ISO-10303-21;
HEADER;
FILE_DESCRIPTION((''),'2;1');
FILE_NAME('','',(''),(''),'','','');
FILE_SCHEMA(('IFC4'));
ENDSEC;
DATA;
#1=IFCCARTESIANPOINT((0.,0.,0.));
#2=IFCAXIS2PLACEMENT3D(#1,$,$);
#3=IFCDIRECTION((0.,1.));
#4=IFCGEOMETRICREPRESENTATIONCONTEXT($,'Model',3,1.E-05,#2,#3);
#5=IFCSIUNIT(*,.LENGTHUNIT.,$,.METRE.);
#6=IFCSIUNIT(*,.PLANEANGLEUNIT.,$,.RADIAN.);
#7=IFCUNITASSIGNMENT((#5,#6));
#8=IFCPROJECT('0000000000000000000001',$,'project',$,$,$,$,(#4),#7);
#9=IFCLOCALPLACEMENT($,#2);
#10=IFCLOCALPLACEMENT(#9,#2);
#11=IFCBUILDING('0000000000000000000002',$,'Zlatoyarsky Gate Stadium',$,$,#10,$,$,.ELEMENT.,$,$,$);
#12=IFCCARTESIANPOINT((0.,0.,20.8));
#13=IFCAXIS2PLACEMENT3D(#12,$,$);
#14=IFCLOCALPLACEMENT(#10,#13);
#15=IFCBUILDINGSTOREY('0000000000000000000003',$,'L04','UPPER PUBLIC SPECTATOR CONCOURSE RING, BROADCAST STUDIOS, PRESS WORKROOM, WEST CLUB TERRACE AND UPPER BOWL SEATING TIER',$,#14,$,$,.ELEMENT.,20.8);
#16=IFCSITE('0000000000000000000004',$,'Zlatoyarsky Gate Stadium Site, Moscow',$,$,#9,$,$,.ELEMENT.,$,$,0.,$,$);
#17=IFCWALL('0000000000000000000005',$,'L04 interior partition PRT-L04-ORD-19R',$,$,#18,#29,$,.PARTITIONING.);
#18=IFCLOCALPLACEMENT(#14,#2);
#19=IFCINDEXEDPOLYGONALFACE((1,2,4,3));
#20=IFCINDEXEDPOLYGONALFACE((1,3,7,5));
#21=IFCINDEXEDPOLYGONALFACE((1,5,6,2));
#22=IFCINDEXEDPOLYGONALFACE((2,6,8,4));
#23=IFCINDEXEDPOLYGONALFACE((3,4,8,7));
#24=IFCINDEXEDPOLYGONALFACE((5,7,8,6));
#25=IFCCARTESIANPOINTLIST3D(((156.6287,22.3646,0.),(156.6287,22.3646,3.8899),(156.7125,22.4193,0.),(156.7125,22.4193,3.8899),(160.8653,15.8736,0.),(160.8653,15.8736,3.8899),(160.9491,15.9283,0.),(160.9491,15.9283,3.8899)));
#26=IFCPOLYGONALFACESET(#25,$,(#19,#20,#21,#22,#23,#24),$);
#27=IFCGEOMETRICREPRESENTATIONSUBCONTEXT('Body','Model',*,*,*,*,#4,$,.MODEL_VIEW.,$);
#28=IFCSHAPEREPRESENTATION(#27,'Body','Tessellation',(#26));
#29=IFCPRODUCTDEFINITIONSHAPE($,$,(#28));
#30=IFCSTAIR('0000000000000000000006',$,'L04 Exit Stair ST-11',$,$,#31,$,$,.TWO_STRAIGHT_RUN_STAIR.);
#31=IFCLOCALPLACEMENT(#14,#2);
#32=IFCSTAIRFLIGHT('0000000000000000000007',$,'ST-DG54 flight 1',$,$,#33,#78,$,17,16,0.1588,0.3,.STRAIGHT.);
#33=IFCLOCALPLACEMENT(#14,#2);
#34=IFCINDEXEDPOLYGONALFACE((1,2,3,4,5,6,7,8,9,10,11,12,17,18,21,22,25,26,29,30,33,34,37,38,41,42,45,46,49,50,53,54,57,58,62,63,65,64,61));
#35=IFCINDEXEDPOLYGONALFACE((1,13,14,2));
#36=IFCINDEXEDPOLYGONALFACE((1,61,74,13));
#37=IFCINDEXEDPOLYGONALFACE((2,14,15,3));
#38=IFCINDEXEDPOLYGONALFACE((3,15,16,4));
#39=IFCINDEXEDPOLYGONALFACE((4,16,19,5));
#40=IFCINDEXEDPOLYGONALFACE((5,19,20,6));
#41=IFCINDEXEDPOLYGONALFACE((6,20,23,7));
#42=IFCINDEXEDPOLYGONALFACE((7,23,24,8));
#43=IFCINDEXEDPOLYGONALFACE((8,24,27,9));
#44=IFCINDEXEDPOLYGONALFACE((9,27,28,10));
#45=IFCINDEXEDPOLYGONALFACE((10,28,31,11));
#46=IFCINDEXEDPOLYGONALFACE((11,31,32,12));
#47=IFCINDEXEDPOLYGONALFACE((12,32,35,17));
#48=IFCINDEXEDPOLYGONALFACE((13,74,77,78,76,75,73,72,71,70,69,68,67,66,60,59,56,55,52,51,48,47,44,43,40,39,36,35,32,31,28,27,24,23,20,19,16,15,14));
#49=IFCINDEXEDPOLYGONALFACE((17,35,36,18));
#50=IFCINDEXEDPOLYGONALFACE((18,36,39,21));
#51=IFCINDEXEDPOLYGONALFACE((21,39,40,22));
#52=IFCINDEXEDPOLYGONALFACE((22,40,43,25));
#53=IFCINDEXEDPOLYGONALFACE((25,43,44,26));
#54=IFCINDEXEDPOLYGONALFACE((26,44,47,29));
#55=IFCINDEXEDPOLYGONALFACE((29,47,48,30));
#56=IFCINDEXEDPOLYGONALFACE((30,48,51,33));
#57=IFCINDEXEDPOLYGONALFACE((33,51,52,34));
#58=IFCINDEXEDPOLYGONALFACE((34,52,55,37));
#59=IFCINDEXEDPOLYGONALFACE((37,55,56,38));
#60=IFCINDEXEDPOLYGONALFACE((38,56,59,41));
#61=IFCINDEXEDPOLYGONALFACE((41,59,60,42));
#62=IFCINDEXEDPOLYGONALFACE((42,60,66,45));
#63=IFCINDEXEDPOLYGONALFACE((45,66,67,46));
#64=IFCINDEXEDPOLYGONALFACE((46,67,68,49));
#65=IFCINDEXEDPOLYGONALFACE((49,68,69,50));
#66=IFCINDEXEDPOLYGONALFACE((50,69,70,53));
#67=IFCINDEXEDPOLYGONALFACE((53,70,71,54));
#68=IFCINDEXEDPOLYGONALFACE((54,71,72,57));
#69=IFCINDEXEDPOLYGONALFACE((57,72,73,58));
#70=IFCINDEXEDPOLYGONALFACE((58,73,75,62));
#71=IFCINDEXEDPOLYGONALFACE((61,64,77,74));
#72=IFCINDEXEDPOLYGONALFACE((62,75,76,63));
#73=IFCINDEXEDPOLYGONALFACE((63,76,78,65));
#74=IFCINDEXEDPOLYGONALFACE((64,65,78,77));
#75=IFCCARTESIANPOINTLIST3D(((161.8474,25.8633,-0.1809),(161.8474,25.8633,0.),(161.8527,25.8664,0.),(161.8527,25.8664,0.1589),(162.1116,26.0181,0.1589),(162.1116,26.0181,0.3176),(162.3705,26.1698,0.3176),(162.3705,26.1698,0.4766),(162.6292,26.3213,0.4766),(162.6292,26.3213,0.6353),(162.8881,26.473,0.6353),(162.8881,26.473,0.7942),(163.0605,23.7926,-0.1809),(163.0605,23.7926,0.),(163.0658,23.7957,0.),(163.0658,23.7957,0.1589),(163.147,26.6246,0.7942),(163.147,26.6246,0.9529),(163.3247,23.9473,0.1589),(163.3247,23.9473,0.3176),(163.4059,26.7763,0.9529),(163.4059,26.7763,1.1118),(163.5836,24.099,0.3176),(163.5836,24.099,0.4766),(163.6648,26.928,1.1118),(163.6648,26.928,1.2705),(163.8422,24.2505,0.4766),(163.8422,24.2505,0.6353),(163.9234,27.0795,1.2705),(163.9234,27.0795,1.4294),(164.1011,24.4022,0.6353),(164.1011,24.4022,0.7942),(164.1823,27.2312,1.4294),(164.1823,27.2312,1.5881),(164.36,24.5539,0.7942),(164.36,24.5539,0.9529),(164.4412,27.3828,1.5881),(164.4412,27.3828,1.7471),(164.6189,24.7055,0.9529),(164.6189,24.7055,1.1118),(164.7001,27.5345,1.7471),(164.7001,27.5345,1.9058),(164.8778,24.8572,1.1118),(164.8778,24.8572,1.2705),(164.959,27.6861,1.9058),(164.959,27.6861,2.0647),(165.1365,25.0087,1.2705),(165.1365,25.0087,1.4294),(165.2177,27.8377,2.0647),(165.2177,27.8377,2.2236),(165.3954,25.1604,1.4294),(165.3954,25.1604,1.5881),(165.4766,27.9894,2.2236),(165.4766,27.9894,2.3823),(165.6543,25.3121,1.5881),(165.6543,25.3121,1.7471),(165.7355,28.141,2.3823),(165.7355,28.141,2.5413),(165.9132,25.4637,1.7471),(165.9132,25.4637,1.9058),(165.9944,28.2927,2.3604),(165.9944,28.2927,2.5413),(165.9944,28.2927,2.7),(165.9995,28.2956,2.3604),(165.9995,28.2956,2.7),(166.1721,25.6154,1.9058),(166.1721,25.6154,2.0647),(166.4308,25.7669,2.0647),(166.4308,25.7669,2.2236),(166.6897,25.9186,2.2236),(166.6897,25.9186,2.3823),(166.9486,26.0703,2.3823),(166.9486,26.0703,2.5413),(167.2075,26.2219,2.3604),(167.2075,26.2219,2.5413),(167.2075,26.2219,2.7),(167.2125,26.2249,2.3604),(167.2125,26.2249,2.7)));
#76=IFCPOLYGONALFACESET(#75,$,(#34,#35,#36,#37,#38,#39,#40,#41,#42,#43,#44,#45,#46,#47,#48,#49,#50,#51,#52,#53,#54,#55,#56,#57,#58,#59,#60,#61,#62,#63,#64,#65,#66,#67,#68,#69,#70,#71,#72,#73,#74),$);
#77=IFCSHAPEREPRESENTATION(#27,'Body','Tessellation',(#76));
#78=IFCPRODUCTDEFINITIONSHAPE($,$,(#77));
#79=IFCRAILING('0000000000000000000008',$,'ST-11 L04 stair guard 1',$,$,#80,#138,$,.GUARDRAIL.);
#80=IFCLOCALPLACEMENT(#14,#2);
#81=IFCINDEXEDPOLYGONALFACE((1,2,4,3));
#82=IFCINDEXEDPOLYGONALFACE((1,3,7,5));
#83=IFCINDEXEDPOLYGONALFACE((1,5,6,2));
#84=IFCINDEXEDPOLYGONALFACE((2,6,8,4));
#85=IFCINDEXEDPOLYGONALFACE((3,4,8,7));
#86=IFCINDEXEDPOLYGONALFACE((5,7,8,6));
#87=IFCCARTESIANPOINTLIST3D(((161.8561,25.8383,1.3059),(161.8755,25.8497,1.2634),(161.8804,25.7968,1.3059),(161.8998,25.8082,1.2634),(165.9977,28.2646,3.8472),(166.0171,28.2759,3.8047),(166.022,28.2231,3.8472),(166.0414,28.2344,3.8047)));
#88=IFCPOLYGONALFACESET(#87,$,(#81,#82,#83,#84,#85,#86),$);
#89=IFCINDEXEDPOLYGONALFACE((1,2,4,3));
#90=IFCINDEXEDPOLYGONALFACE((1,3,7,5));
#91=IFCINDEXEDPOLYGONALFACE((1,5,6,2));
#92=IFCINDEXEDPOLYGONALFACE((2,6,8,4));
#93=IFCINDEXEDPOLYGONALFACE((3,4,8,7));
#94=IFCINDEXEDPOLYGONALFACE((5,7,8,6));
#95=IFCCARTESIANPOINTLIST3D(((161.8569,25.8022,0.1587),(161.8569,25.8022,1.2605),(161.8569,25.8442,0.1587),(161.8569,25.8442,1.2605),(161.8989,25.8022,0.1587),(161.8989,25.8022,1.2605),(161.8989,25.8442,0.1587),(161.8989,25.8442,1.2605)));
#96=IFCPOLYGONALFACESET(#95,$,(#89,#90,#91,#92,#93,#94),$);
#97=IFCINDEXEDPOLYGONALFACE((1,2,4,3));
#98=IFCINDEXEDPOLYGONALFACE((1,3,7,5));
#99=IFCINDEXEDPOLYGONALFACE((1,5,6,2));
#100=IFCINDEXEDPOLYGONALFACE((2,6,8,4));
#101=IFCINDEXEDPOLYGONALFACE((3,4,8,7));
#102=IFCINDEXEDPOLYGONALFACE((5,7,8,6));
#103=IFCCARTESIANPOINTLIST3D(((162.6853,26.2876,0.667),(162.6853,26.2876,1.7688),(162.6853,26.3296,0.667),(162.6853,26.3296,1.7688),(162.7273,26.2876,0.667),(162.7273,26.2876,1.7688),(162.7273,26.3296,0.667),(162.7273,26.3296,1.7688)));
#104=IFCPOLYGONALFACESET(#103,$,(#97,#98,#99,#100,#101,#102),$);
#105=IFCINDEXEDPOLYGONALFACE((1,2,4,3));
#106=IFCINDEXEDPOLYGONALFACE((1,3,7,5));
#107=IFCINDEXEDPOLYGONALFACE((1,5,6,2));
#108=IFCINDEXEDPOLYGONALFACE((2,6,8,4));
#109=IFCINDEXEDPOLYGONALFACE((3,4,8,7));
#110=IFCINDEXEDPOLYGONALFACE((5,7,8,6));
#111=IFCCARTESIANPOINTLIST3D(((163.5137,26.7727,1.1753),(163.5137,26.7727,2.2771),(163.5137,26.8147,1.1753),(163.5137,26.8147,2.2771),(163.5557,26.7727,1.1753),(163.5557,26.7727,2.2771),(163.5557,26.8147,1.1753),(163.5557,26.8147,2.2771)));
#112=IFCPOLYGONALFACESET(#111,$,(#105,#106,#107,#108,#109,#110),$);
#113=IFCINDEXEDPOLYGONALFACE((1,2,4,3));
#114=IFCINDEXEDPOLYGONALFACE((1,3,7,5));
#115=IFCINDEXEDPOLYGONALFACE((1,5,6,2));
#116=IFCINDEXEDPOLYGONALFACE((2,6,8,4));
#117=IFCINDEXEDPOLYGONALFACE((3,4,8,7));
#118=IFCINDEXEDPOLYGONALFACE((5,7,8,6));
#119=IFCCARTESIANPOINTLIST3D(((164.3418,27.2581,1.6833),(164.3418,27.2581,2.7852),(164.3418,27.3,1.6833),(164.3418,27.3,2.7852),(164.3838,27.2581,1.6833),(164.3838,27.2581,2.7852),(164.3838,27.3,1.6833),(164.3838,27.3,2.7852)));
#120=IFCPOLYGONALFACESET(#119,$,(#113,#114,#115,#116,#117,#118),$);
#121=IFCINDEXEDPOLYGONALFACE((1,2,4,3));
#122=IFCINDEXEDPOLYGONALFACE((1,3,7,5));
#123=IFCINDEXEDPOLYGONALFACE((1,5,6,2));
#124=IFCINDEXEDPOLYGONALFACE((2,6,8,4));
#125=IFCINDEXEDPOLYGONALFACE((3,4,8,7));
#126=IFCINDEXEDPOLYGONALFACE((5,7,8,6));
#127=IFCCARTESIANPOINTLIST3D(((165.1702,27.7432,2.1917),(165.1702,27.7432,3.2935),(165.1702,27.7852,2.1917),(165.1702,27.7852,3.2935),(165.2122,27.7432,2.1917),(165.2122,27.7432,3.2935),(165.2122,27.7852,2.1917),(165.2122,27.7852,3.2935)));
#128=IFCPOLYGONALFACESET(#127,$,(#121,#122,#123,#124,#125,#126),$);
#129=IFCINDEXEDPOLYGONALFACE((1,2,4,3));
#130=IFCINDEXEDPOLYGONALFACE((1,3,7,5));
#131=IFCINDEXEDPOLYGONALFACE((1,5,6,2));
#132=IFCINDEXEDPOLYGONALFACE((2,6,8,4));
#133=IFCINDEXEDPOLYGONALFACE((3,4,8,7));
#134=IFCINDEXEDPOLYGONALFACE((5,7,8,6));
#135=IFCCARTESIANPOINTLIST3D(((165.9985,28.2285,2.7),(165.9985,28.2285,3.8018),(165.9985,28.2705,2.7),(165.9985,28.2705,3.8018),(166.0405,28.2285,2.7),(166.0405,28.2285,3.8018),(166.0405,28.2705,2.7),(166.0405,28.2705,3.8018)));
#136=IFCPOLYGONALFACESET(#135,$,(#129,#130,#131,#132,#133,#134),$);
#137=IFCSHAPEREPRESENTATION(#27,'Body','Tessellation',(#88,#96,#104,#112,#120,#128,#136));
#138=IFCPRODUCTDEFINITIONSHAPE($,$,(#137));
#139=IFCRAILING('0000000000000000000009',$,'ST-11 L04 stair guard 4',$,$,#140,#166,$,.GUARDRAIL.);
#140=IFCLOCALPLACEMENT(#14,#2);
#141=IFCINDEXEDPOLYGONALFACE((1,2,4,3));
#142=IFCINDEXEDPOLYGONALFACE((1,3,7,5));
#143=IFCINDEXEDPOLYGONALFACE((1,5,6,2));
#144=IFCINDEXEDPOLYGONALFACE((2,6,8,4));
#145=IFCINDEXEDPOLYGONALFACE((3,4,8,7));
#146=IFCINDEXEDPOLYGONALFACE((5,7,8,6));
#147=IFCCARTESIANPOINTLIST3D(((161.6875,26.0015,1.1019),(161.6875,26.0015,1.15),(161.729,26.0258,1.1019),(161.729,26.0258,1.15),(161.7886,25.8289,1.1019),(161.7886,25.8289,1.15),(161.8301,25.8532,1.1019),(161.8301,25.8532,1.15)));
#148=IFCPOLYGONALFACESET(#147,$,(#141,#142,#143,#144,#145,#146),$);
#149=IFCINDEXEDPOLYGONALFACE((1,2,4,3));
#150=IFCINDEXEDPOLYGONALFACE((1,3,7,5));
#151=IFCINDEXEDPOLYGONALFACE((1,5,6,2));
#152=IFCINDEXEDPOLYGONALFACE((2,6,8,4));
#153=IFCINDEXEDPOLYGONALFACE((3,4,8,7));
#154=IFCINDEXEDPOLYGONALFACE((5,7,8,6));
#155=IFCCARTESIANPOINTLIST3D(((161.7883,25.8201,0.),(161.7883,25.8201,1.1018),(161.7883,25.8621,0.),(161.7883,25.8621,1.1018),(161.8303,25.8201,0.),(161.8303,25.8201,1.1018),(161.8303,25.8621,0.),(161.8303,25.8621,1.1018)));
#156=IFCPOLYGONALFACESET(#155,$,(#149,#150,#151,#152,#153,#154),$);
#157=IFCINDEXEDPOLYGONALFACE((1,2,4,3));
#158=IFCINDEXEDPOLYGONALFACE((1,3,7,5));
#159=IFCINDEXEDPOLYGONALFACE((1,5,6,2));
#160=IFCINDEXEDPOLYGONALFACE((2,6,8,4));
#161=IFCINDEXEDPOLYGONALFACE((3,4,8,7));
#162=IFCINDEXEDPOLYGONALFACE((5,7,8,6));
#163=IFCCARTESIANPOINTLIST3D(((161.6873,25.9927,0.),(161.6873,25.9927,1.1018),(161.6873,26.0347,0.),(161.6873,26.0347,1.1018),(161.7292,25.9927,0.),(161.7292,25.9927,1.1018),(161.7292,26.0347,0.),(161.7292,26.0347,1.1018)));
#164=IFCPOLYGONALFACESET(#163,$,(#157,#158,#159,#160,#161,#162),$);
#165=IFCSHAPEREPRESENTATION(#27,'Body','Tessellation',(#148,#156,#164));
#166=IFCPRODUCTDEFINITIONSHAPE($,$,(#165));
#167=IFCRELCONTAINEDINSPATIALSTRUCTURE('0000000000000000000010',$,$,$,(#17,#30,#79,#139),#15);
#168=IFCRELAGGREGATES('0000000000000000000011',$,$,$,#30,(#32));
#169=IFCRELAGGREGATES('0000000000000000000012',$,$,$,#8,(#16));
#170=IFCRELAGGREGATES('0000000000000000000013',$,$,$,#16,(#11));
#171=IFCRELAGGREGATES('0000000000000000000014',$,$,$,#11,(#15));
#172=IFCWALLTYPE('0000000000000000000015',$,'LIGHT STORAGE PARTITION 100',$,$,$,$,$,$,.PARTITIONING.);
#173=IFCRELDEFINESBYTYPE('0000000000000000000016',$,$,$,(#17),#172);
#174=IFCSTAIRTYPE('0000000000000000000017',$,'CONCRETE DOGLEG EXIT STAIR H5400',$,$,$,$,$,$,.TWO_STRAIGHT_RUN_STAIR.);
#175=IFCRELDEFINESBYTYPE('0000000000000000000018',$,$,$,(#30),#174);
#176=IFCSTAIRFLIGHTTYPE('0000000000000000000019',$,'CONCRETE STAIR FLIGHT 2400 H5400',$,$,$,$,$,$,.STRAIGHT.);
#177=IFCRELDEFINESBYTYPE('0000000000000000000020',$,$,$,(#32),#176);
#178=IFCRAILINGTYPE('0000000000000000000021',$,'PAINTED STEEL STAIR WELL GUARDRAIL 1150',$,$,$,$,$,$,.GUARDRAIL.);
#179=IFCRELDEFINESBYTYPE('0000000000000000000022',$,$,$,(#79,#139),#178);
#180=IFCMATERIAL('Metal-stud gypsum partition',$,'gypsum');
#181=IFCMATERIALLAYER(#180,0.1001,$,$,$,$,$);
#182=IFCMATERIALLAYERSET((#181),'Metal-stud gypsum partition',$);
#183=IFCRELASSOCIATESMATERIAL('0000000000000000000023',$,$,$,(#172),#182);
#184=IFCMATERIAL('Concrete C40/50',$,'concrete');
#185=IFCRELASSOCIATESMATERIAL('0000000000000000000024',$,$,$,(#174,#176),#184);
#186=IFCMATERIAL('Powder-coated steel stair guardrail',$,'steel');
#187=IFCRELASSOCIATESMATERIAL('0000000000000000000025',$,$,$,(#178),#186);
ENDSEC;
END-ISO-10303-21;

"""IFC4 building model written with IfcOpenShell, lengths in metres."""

from ifc_helpers import new_model, si_unit, direction, frame, frame_2d, origin, origin_2d, place, context, subcontext, project, spatial, polyline, rectangle, outline, extrude, material, layer, layer_set, type_object, element, aggregate, save


model = new_model("IFC4")

# Units and contexts
model_context = context("Model", 3, precision=1e-05, world=origin(), true_north=direction((0.0, 1.0)))
body_context = subcontext(model_context, "Body", "Model", "MODEL_VIEW")
ifc_project = project(units=[si_unit("LENGTHUNIT", "METRE"), si_unit("PLANEANGLEUNIT", "RADIAN")], contexts=[model_context])

# Site, building, storey
site_placement = place(None, origin())
site = spatial("IfcSite", under=ifc_project, at=site_placement, Name="Zlatoyarsky Gate Stadium Site, Moscow", CompositionType="ELEMENT", RefElevation=0.0)
building_placement = place(site_placement, origin())
building = spatial("IfcBuilding", under=site, at=building_placement, Name="Zlatoyarsky Gate Stadium", CompositionType="ELEMENT")
storey_placement = place(building_placement, frame((0.0, 0.0, 20.8)))
storey = spatial("IfcBuildingStorey", under=building, at=storey_placement, Name="L04", Description="UPPER PUBLIC SPECTATOR CONCOURSE RING, BROADCAST STUDIOS, PRESS WORKROOM, WEST CLUB TERRACE AND UPPER BOWL SEATING TIER", CompositionType="ELEMENT", Elevation=20.8)

# Shared definitions
ifc_material_1 = material(Name="Concrete C40/50", Category="concrete")

# Shared definitions
ifc_material_2 = material(Name="Metal-stud gypsum partition", Category="gypsum")

# Wall
ifc_layer_1 = layer(ifc_material_2, 0.1001)
ifc_layer_set_1 = layer_set([ifc_layer_1], Name="Metal-stud gypsum partition")
wall_type_1 = type_object("IfcWallType", Name="LIGHT STORAGE PARTITION 100", PredefinedType="PARTITIONING", material=ifc_layer_set_1)
wall_1_placement = place(storey_placement, frame((156.6707, 22.3918, 0.0), z_axis=(0.0, 0.0, 1.0), x_axis=(0.546569, -0.837414, 0.0)))
element("IfcWall", 1, at=wall_1_placement, inside=storey, type_object=wall_type_1, Name="L04 interior partition PRT-L04-ORD-19R", PredefinedType="PARTITIONING", context=body_context, shape_type="SweptSolid", body=[
    extrude(rectangle(XDim=7.7512, YDim=0.1001, at=frame_2d((3.8755, 0.0))), origin(), (0.0, 0.0, 1.0), 3.8899),
])

# Stair, stair flight
stair_type = type_object("IfcStairType", Name="CONCRETE DOGLEG EXIT STAIR H5400", PredefinedType="TWO_STRAIGHT_RUN_STAIR", material=ifc_material_1)
stair_placement = place(storey_placement, origin())
stair = element("IfcStair", 2, at=stair_placement, inside=storey, type_object=stair_type, Name="L04 Exit Stair ST-11", PredefinedType="TWO_STRAIGHT_RUN_STAIR")
stair_flight_type = type_object("IfcStairFlightType", Name="CONCRETE STAIR FLIGHT 2400 H5400", PredefinedType="STRAIGHT", material=ifc_material_1)
stair_flight_placement = place(storey_placement, frame((162.4592, 24.8311, 0.0), z_axis=(0.0, 0.0, 1.0), x_axis=(0.862848, 0.505463, 0.0)))
stair_flight = element("IfcStairFlight", 3, at=stair_flight_placement, type_object=stair_flight_type, Name="ST-DG54 flight 1", NumberOfRisers=17, NumberOfTreads=16, PredefinedType="STRAIGHT", RiserHeight=0.1588, TreadLength=0.3, context=body_context, shape_type="SweptSolid", body=[
    extrude(outline(polyline([(-0.0061, -0.1809), (-0.0061, 0.0), (0.0, 0.0), (0.0, 0.1589), (0.3, 0.1589), (0.3, 0.3176), (0.6001, 0.3176), (0.6001, 0.4766), (0.8999, 0.4766), (0.8999, 0.6353), (1.2, 0.6353), (1.2, 0.7942), (1.5, 0.7942), (1.5, 0.9529), (1.8, 0.9529), (1.8, 1.1118), (2.1001, 1.1118), (2.1001, 1.2705), (2.3999, 1.2705), (2.3999, 1.4294), (2.7, 1.4294), (2.7, 1.5881), (3.0, 1.5881), (3.0, 1.7471), (3.3, 1.7471), (3.3, 1.9058), (3.6001, 1.9058), (3.6001, 2.0647), (3.8999, 2.0647), (3.8999, 2.2236), (4.2, 2.2236), (4.2, 2.3823), (4.5, 2.3823), (4.5, 2.5413), (4.8, 2.5413), (4.8, 2.7), (4.8059, 2.7), (4.8059, 2.3604), (4.8, 2.3604), (-0.0061, -0.1809)])), frame((0.0, 1.2, 0.0), z_axis=(0.0, -1.0, 0.0), x_axis=(1.0, 0.0, 0.0)), (0.0, 0.0, 1.0), 2.3999),
])
aggregate(stair, [stair_flight])

# Railings
ifc_material_3 = material(Name="Powder-coated steel stair guardrail", Category="steel")
railing_type = type_object("IfcRailingType", Name="PAINTED STEEL STAIR WELL GUARDRAIL 1150", PredefinedType="GUARDRAIL", material=ifc_material_3)
railing_1_placement = place(storey_placement, frame((161.8779, 25.8232, 0.1587)))
element("IfcRailing", 4, at=railing_1_placement, inside=storey, type_object=railing_type, Name="ST-11 L04 stair guard 1", PredefinedType="GUARDRAIL", context=body_context, shape_type="SweptSolid", body=[
    extrude(rectangle(XDim=0.0481, YDim=0.0481, at=origin_2d()), frame((0.0, 0.0, 1.126), z_axis=(0.762561, 0.44673, 0.467902), x_axis=(-0.505477, 0.86284, 0.0)), (0.0, 0.0, 1.0), 5.4312),
    extrude(rectangle(XDim=0.042, YDim=0.042, at=origin_2d()), origin(), (0.0, 0.0, 1.0), 1.1018),
    extrude(rectangle(XDim=0.042, YDim=0.042, at=origin_2d()), frame((0.8284, 0.4854, 0.5083)), (0.0, 0.0, 1.0), 1.1018),
    extrude(rectangle(XDim=0.042, YDim=0.042, at=origin_2d()), frame((1.6567, 0.9705, 1.0166)), (0.0, 0.0, 1.0), 1.1018),
    extrude(rectangle(XDim=0.042, YDim=0.042, at=origin_2d()), frame((2.4849, 1.4558, 1.5247)), (0.0, 0.0, 1.0), 1.1018),
    extrude(rectangle(XDim=0.042, YDim=0.042, at=origin_2d()), frame((3.3132, 1.9409, 2.033)), (0.0, 0.0, 1.0), 1.1018),
    extrude(rectangle(XDim=0.042, YDim=0.042, at=origin_2d()), frame((4.1416, 2.4263, 2.5413)), (0.0, 0.0, 1.0), 1.1018),
])
railing_2_placement = place(storey_placement, frame((161.8093, 25.8411, 0.0)))
element("IfcRailing", 5, at=railing_2_placement, inside=storey, type_object=railing_type, Name="ST-11 L04 stair guard 4", PredefinedType="GUARDRAIL", context=body_context, shape_type="SweptSolid", body=[
    extrude(rectangle(XDim=0.0481, YDim=0.0481, at=origin_2d()), frame((0.0, 0.0, 1.126), z_axis=(-0.505312, 0.862937, 0.0), x_axis=(-0.862937, -0.505312, 0.0)), (0.0, 0.0, 1.0), 0.2),
    extrude(rectangle(XDim=0.042, YDim=0.042, at=origin_2d()), origin(), (0.0, 0.0, 1.0), 1.1018),
    extrude(rectangle(XDim=0.042, YDim=0.042, at=origin_2d()), frame((-0.1011, 0.1726, 0.0)), (0.0, 0.0, 1.0), 1.1018),
])

save(model, "model.ifc")
